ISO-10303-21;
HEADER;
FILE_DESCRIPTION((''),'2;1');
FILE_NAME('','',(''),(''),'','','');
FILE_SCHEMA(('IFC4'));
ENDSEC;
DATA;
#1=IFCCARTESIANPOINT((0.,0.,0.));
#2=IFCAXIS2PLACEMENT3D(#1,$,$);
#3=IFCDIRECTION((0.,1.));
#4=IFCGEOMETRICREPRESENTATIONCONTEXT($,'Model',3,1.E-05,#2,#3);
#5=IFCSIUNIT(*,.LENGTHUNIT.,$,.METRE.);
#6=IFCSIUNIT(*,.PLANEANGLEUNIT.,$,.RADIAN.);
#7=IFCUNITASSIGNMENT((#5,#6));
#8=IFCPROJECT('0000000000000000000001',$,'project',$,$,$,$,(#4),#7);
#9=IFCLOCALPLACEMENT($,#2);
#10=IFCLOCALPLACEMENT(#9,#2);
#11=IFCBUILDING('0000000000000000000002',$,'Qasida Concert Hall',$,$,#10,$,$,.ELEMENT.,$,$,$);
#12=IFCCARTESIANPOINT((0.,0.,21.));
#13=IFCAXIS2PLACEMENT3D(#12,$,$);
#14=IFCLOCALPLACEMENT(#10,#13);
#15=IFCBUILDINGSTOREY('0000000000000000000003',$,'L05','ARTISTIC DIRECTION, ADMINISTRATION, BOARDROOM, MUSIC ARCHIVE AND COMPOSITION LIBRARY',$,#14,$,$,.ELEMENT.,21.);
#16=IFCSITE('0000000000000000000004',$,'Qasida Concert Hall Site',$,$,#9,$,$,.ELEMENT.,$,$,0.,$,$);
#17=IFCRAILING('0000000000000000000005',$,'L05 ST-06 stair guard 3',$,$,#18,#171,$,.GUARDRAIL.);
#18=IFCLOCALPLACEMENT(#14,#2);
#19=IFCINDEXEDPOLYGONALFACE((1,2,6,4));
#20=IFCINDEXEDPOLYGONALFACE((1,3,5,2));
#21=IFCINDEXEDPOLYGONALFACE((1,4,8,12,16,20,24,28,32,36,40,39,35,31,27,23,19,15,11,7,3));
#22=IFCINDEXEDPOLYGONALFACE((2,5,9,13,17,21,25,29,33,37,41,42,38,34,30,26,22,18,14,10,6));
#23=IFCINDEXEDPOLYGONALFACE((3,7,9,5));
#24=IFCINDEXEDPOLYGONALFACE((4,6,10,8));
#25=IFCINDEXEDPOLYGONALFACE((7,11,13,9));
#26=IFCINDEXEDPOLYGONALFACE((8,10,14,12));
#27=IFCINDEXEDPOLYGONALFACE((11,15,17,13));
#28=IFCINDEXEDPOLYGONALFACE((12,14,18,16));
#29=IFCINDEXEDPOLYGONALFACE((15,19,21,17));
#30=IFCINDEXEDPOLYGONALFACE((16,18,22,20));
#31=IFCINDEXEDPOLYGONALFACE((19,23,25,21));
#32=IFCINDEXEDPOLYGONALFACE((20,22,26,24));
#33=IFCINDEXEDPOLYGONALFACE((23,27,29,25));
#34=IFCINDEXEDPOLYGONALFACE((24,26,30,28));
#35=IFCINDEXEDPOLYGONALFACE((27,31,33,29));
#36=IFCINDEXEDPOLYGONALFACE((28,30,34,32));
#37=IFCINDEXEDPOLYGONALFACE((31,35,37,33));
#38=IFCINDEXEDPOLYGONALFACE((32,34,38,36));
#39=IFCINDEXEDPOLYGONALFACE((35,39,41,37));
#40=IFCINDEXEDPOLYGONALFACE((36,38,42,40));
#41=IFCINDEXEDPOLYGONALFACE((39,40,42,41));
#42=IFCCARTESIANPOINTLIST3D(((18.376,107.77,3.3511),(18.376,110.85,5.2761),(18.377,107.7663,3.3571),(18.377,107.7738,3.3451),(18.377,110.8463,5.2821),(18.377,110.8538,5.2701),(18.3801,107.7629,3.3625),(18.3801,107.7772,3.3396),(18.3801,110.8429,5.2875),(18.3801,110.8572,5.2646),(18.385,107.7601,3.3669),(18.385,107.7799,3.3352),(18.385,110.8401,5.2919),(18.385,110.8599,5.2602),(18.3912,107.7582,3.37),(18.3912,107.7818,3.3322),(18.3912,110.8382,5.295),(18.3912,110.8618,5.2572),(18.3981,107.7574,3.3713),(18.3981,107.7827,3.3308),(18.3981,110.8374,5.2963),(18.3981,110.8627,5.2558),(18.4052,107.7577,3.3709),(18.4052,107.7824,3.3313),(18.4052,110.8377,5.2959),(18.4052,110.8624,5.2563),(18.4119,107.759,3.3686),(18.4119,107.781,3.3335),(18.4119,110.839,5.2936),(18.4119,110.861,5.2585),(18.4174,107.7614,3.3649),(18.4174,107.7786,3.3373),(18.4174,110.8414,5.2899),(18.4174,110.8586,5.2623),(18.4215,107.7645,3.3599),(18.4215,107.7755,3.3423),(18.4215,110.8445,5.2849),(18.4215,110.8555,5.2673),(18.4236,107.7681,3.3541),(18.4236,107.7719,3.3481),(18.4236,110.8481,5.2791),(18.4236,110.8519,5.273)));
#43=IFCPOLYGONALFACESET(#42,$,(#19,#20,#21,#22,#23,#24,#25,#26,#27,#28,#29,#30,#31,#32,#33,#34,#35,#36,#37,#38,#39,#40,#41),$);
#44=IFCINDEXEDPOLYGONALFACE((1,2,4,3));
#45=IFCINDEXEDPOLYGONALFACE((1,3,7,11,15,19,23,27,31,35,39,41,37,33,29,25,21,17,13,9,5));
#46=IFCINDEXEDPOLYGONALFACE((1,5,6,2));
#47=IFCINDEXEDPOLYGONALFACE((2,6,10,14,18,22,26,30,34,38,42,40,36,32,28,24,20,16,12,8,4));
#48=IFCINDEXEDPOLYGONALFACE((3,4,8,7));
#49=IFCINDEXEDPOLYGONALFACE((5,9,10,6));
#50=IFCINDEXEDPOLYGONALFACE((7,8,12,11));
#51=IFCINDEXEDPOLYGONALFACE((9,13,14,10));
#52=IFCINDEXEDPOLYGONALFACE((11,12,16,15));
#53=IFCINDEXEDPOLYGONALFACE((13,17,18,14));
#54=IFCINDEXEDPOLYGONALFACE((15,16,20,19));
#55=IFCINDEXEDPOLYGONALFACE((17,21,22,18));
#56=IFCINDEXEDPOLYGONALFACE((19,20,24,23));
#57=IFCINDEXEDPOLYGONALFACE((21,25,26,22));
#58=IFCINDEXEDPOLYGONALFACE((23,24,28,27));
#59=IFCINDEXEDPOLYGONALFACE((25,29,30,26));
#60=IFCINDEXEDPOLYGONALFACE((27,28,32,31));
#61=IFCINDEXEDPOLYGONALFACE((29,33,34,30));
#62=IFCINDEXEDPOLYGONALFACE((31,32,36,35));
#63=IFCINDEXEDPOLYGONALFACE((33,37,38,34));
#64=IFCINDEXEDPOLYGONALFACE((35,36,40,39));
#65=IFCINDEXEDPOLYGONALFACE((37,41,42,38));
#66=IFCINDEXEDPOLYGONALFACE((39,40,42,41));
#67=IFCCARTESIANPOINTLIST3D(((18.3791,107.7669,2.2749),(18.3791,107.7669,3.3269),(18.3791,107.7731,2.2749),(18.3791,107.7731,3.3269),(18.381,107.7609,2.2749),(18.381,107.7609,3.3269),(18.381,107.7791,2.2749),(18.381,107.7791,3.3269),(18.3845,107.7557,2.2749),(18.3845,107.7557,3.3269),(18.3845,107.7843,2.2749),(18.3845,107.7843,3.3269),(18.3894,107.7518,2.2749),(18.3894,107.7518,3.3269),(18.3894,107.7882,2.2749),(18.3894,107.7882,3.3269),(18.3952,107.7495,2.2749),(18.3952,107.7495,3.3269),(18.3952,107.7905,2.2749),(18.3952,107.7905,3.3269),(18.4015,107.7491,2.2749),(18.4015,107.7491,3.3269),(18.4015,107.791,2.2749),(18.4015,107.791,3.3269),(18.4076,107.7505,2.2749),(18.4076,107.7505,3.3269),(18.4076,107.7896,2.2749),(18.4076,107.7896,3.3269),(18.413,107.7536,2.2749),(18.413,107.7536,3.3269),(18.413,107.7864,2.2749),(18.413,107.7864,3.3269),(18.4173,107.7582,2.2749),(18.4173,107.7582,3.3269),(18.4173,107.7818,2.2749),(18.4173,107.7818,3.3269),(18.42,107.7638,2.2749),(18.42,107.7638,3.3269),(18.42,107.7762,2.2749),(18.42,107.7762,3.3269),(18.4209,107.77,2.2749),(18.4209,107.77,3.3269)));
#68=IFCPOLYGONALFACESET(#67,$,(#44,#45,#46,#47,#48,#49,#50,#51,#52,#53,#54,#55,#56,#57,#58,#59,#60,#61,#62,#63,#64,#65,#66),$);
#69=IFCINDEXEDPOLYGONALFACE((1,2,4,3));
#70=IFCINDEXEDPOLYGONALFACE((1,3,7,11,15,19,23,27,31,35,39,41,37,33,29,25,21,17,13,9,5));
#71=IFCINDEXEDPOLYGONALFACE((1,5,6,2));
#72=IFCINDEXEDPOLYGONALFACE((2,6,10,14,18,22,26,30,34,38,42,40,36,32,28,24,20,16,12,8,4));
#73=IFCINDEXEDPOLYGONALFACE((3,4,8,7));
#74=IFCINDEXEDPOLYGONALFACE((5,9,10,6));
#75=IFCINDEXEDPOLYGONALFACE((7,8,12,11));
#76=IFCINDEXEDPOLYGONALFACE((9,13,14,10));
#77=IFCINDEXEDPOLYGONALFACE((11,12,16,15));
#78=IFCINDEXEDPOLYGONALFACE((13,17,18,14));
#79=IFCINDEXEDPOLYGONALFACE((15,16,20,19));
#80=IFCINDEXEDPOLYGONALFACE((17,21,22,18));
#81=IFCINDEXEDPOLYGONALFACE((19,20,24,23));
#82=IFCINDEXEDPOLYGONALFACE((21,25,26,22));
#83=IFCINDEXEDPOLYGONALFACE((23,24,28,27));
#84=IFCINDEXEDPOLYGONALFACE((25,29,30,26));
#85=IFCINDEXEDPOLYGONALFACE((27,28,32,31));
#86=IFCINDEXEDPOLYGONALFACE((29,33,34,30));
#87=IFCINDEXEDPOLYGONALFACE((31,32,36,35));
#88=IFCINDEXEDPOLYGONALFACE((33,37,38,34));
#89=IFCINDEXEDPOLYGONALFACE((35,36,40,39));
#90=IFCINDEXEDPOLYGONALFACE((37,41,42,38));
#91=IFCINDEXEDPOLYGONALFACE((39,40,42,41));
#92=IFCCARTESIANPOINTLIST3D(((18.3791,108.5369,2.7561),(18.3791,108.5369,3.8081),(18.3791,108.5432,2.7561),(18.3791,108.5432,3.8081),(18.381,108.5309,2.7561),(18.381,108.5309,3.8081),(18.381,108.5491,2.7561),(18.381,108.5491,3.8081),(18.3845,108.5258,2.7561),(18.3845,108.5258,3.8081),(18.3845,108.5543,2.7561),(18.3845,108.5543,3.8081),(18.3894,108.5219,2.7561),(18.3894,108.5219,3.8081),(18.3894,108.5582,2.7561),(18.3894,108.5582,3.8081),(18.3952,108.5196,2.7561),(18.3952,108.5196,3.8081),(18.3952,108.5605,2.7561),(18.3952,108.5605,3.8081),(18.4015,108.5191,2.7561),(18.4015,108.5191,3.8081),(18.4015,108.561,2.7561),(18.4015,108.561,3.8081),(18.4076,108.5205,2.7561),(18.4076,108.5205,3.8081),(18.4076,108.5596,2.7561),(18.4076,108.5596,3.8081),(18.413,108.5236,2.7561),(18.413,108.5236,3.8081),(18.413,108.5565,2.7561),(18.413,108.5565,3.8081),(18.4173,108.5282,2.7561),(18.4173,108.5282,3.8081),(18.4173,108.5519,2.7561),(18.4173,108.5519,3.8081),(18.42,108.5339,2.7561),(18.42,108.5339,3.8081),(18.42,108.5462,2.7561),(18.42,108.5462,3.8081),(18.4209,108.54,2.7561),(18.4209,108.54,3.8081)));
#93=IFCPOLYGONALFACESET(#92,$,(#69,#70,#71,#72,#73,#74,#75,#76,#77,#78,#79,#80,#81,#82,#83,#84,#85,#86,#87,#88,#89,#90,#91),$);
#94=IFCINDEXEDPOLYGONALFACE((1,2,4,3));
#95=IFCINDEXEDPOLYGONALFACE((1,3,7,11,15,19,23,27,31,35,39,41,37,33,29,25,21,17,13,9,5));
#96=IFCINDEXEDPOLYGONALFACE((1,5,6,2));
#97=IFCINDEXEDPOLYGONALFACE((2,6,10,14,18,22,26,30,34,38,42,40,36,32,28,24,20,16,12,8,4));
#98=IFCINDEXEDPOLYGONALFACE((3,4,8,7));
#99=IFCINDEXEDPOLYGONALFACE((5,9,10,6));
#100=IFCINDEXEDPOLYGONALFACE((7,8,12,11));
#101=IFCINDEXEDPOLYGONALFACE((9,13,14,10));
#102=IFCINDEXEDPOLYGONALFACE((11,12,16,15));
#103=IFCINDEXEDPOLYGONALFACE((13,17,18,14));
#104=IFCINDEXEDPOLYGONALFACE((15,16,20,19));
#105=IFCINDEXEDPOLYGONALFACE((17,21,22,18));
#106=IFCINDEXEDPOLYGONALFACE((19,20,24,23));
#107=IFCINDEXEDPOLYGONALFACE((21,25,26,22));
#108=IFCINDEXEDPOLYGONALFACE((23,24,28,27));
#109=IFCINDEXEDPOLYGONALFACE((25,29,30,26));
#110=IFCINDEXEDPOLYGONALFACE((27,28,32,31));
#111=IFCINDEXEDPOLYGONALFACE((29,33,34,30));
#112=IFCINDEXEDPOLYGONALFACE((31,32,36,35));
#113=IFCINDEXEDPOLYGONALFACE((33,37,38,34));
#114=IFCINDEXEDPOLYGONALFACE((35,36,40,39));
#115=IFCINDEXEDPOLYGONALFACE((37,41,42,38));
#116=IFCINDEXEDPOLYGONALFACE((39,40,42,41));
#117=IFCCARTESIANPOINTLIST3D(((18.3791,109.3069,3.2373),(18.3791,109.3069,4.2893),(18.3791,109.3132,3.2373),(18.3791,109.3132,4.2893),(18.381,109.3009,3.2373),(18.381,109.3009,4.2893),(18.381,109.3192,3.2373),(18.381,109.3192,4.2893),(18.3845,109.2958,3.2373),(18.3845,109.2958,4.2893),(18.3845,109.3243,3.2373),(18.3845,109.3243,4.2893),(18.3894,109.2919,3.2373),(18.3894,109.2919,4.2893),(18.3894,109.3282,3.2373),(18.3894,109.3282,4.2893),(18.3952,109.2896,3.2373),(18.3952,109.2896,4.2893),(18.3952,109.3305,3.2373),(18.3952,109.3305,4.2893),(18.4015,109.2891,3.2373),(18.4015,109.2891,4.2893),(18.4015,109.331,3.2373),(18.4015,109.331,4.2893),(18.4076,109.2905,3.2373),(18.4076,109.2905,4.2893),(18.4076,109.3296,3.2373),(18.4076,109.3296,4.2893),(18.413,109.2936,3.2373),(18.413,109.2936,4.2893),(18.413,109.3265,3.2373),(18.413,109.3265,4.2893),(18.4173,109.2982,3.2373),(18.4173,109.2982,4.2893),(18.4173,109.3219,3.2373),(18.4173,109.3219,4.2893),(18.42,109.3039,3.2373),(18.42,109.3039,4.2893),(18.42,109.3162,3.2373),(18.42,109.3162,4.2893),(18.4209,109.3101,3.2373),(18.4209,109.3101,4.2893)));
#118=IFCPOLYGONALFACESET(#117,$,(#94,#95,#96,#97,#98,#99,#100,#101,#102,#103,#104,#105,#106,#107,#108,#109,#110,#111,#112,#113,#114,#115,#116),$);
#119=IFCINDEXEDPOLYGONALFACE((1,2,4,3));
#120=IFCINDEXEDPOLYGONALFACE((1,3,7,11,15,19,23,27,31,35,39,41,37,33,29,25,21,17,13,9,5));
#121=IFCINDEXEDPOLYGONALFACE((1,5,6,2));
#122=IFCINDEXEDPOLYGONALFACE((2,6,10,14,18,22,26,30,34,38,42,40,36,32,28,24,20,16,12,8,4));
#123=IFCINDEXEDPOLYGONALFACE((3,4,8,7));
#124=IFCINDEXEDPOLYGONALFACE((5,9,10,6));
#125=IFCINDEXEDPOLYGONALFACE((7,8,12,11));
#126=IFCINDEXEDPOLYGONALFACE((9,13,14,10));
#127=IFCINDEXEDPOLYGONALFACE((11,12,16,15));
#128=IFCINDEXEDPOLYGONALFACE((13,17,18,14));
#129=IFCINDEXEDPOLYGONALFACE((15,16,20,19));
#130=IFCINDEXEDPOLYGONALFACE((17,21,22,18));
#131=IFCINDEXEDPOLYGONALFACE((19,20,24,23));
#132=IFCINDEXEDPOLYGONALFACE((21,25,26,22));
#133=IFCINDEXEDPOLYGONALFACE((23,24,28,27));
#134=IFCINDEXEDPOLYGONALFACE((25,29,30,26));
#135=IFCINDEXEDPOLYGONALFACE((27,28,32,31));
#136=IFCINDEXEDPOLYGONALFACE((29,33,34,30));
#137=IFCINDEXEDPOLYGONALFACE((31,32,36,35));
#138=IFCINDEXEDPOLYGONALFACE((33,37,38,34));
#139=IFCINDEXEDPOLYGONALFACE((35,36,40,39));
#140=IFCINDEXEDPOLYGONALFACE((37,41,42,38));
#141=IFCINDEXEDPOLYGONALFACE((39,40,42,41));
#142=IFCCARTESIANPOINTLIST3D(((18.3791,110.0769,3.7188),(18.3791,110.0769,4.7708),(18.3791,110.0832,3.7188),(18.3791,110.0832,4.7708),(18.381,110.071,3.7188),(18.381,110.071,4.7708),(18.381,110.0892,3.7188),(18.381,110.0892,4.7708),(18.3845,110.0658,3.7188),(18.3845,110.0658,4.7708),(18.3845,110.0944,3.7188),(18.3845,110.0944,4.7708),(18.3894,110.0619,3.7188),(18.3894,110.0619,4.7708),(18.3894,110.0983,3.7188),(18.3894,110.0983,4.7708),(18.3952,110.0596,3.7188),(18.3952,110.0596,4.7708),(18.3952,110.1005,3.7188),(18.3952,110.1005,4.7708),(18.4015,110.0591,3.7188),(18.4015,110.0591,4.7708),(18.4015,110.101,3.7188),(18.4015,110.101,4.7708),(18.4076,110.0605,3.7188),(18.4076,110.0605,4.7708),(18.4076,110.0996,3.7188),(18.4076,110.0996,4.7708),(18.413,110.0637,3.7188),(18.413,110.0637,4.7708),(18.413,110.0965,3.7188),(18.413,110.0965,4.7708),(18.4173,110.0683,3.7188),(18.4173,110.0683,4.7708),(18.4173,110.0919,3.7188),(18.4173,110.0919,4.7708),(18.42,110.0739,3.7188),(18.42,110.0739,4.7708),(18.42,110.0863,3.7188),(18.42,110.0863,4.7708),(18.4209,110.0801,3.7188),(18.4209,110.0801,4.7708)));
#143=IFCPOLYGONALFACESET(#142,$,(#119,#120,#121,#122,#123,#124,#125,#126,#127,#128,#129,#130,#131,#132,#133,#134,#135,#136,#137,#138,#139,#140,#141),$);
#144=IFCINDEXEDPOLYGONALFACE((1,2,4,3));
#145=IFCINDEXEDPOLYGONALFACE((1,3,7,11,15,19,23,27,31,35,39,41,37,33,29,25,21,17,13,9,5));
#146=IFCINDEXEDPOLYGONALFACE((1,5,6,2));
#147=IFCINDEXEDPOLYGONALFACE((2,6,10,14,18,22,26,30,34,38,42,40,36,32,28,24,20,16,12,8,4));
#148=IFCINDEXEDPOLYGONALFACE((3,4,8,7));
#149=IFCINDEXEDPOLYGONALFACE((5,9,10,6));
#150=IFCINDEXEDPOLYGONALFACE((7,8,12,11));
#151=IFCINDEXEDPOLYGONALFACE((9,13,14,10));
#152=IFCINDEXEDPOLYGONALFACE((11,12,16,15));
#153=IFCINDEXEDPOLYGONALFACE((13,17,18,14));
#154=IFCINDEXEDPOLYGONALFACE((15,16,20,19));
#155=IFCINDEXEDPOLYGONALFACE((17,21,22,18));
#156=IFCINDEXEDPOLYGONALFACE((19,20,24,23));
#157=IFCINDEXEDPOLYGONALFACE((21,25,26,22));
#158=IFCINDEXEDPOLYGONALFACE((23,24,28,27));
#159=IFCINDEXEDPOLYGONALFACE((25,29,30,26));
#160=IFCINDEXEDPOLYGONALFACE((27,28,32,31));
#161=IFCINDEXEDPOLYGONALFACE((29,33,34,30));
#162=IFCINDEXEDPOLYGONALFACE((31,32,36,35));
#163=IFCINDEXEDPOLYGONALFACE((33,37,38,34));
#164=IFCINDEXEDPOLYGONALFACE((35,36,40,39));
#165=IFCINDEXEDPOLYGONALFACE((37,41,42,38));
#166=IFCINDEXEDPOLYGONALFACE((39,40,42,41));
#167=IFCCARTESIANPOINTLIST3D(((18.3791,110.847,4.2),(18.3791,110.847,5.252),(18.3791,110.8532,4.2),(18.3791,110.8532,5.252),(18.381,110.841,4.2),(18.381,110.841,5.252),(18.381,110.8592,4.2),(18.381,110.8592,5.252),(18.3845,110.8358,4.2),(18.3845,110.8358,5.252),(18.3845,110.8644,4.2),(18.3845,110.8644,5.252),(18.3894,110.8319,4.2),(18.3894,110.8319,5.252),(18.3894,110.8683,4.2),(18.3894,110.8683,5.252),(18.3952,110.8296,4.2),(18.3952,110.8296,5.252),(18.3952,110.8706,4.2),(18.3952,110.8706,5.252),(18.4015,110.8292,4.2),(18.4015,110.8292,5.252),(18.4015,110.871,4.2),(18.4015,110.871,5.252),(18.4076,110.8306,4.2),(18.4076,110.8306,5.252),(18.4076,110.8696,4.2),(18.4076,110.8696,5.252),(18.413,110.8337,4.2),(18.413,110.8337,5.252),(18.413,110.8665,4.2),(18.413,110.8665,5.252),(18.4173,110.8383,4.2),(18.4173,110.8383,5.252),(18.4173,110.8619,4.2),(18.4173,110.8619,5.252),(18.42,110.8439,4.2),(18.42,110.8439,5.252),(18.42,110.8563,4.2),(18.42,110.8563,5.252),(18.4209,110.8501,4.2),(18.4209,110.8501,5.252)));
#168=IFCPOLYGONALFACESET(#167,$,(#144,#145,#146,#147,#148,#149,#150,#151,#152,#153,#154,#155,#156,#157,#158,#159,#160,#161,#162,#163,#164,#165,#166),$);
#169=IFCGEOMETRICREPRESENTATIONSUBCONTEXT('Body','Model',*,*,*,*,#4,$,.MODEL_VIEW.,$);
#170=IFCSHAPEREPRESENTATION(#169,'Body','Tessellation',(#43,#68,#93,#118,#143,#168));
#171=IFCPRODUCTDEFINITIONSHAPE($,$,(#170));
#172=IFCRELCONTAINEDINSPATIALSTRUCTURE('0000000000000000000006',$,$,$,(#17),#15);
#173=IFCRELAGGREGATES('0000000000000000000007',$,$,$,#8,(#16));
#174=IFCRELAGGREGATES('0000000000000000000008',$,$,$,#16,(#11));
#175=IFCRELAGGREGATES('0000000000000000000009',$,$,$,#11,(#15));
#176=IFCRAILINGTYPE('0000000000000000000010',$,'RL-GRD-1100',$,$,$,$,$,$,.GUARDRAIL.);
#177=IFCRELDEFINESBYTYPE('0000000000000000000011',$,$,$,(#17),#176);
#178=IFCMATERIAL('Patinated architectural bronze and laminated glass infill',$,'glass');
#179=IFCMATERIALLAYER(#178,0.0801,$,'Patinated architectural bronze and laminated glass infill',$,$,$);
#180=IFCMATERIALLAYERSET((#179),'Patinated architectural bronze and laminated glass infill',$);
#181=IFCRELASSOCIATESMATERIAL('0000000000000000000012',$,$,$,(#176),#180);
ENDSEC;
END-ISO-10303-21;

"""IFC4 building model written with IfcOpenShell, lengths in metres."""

from ifc_helpers import new_model, si_unit, direction, frame, origin, origin_2d, place, context, subcontext, project, spatial, circle, extrude, material, layer, layer_set, type_object, element, save


model = new_model("IFC4")

# Units and contexts
model_context = context("Model", 3, precision=1e-05, world=origin(), true_north=direction((0.0, 1.0)))
body_context = subcontext(model_context, "Body", "Model", "MODEL_VIEW")
ifc_project = project(units=[si_unit("LENGTHUNIT", "METRE"), si_unit("PLANEANGLEUNIT", "RADIAN")], contexts=[model_context])

# Site, building, storey
site_placement = place(None, origin())
site = spatial("IfcSite", under=ifc_project, at=site_placement, Name="Qasida Concert Hall Site", CompositionType="ELEMENT", RefElevation=0.0)
building_placement = place(site_placement, origin())
building = spatial("IfcBuilding", under=site, at=building_placement, Name="Qasida Concert Hall", CompositionType="ELEMENT")
storey_placement = place(building_placement, frame((0.0, 0.0, 21.0)))
storey = spatial("IfcBuildingStorey", under=building, at=storey_placement, Name="L05", Description="ARTISTIC DIRECTION, ADMINISTRATION, BOARDROOM, MUSIC ARCHIVE AND COMPOSITION LIBRARY", CompositionType="ELEMENT", Elevation=21.0)

# Railing
ifc_material_1 = material(Name="Patinated architectural bronze and laminated glass infill", Category="glass")
ifc_layer_1 = layer(ifc_material_1, 0.0801, Name="Patinated architectural bronze and laminated glass infill")
ifc_layer_set_1 = layer_set([ifc_layer_1], Name="Patinated architectural bronze and laminated glass infill")
railing_type_1 = type_object("IfcRailingType", Name="RL-GRD-1100", PredefinedType="GUARDRAIL", material=ifc_layer_set_1)
railing_1_placement = place(storey_placement, frame((18.3999, 107.77, 2.2749)))
element("IfcRailing", 1, at=railing_1_placement, inside=storey, type_object=railing_type_1, Name="L05 ST-06 stair guard 3", PredefinedType="GUARDRAIL", context=body_context, shape_type="SweptSolid", body=[
    extrude(circle(Radius=0.0239, at=origin_2d()), frame((0.0, 0.0, 1.0762), z_axis=(0.0, 0.847998, 0.529999), x_axis=(-1.0, 0.0, 0.0)), (0.0, 0.0, 1.0), 3.6321),
    extrude(circle(Radius=0.021, at=origin_2d()), origin(), (0.0, 0.0, 1.0), 1.052),
    extrude(circle(Radius=0.021, at=origin_2d()), frame((0.0, 0.77, 0.4812)), (0.0, 0.0, 1.0), 1.052),
    extrude(circle(Radius=0.021, at=origin_2d()), frame((0.0, 1.54, 0.9624)), (0.0, 0.0, 1.0), 1.052),
    extrude(circle(Radius=0.021, at=origin_2d()), frame((0.0, 2.3101, 1.4438)), (0.0, 0.0, 1.0), 1.052),
    extrude(circle(Radius=0.021, at=origin_2d()), frame((0.0, 3.0801, 1.925)), (0.0, 0.0, 1.0), 1.052),
])

save(model, "model.ifc")
